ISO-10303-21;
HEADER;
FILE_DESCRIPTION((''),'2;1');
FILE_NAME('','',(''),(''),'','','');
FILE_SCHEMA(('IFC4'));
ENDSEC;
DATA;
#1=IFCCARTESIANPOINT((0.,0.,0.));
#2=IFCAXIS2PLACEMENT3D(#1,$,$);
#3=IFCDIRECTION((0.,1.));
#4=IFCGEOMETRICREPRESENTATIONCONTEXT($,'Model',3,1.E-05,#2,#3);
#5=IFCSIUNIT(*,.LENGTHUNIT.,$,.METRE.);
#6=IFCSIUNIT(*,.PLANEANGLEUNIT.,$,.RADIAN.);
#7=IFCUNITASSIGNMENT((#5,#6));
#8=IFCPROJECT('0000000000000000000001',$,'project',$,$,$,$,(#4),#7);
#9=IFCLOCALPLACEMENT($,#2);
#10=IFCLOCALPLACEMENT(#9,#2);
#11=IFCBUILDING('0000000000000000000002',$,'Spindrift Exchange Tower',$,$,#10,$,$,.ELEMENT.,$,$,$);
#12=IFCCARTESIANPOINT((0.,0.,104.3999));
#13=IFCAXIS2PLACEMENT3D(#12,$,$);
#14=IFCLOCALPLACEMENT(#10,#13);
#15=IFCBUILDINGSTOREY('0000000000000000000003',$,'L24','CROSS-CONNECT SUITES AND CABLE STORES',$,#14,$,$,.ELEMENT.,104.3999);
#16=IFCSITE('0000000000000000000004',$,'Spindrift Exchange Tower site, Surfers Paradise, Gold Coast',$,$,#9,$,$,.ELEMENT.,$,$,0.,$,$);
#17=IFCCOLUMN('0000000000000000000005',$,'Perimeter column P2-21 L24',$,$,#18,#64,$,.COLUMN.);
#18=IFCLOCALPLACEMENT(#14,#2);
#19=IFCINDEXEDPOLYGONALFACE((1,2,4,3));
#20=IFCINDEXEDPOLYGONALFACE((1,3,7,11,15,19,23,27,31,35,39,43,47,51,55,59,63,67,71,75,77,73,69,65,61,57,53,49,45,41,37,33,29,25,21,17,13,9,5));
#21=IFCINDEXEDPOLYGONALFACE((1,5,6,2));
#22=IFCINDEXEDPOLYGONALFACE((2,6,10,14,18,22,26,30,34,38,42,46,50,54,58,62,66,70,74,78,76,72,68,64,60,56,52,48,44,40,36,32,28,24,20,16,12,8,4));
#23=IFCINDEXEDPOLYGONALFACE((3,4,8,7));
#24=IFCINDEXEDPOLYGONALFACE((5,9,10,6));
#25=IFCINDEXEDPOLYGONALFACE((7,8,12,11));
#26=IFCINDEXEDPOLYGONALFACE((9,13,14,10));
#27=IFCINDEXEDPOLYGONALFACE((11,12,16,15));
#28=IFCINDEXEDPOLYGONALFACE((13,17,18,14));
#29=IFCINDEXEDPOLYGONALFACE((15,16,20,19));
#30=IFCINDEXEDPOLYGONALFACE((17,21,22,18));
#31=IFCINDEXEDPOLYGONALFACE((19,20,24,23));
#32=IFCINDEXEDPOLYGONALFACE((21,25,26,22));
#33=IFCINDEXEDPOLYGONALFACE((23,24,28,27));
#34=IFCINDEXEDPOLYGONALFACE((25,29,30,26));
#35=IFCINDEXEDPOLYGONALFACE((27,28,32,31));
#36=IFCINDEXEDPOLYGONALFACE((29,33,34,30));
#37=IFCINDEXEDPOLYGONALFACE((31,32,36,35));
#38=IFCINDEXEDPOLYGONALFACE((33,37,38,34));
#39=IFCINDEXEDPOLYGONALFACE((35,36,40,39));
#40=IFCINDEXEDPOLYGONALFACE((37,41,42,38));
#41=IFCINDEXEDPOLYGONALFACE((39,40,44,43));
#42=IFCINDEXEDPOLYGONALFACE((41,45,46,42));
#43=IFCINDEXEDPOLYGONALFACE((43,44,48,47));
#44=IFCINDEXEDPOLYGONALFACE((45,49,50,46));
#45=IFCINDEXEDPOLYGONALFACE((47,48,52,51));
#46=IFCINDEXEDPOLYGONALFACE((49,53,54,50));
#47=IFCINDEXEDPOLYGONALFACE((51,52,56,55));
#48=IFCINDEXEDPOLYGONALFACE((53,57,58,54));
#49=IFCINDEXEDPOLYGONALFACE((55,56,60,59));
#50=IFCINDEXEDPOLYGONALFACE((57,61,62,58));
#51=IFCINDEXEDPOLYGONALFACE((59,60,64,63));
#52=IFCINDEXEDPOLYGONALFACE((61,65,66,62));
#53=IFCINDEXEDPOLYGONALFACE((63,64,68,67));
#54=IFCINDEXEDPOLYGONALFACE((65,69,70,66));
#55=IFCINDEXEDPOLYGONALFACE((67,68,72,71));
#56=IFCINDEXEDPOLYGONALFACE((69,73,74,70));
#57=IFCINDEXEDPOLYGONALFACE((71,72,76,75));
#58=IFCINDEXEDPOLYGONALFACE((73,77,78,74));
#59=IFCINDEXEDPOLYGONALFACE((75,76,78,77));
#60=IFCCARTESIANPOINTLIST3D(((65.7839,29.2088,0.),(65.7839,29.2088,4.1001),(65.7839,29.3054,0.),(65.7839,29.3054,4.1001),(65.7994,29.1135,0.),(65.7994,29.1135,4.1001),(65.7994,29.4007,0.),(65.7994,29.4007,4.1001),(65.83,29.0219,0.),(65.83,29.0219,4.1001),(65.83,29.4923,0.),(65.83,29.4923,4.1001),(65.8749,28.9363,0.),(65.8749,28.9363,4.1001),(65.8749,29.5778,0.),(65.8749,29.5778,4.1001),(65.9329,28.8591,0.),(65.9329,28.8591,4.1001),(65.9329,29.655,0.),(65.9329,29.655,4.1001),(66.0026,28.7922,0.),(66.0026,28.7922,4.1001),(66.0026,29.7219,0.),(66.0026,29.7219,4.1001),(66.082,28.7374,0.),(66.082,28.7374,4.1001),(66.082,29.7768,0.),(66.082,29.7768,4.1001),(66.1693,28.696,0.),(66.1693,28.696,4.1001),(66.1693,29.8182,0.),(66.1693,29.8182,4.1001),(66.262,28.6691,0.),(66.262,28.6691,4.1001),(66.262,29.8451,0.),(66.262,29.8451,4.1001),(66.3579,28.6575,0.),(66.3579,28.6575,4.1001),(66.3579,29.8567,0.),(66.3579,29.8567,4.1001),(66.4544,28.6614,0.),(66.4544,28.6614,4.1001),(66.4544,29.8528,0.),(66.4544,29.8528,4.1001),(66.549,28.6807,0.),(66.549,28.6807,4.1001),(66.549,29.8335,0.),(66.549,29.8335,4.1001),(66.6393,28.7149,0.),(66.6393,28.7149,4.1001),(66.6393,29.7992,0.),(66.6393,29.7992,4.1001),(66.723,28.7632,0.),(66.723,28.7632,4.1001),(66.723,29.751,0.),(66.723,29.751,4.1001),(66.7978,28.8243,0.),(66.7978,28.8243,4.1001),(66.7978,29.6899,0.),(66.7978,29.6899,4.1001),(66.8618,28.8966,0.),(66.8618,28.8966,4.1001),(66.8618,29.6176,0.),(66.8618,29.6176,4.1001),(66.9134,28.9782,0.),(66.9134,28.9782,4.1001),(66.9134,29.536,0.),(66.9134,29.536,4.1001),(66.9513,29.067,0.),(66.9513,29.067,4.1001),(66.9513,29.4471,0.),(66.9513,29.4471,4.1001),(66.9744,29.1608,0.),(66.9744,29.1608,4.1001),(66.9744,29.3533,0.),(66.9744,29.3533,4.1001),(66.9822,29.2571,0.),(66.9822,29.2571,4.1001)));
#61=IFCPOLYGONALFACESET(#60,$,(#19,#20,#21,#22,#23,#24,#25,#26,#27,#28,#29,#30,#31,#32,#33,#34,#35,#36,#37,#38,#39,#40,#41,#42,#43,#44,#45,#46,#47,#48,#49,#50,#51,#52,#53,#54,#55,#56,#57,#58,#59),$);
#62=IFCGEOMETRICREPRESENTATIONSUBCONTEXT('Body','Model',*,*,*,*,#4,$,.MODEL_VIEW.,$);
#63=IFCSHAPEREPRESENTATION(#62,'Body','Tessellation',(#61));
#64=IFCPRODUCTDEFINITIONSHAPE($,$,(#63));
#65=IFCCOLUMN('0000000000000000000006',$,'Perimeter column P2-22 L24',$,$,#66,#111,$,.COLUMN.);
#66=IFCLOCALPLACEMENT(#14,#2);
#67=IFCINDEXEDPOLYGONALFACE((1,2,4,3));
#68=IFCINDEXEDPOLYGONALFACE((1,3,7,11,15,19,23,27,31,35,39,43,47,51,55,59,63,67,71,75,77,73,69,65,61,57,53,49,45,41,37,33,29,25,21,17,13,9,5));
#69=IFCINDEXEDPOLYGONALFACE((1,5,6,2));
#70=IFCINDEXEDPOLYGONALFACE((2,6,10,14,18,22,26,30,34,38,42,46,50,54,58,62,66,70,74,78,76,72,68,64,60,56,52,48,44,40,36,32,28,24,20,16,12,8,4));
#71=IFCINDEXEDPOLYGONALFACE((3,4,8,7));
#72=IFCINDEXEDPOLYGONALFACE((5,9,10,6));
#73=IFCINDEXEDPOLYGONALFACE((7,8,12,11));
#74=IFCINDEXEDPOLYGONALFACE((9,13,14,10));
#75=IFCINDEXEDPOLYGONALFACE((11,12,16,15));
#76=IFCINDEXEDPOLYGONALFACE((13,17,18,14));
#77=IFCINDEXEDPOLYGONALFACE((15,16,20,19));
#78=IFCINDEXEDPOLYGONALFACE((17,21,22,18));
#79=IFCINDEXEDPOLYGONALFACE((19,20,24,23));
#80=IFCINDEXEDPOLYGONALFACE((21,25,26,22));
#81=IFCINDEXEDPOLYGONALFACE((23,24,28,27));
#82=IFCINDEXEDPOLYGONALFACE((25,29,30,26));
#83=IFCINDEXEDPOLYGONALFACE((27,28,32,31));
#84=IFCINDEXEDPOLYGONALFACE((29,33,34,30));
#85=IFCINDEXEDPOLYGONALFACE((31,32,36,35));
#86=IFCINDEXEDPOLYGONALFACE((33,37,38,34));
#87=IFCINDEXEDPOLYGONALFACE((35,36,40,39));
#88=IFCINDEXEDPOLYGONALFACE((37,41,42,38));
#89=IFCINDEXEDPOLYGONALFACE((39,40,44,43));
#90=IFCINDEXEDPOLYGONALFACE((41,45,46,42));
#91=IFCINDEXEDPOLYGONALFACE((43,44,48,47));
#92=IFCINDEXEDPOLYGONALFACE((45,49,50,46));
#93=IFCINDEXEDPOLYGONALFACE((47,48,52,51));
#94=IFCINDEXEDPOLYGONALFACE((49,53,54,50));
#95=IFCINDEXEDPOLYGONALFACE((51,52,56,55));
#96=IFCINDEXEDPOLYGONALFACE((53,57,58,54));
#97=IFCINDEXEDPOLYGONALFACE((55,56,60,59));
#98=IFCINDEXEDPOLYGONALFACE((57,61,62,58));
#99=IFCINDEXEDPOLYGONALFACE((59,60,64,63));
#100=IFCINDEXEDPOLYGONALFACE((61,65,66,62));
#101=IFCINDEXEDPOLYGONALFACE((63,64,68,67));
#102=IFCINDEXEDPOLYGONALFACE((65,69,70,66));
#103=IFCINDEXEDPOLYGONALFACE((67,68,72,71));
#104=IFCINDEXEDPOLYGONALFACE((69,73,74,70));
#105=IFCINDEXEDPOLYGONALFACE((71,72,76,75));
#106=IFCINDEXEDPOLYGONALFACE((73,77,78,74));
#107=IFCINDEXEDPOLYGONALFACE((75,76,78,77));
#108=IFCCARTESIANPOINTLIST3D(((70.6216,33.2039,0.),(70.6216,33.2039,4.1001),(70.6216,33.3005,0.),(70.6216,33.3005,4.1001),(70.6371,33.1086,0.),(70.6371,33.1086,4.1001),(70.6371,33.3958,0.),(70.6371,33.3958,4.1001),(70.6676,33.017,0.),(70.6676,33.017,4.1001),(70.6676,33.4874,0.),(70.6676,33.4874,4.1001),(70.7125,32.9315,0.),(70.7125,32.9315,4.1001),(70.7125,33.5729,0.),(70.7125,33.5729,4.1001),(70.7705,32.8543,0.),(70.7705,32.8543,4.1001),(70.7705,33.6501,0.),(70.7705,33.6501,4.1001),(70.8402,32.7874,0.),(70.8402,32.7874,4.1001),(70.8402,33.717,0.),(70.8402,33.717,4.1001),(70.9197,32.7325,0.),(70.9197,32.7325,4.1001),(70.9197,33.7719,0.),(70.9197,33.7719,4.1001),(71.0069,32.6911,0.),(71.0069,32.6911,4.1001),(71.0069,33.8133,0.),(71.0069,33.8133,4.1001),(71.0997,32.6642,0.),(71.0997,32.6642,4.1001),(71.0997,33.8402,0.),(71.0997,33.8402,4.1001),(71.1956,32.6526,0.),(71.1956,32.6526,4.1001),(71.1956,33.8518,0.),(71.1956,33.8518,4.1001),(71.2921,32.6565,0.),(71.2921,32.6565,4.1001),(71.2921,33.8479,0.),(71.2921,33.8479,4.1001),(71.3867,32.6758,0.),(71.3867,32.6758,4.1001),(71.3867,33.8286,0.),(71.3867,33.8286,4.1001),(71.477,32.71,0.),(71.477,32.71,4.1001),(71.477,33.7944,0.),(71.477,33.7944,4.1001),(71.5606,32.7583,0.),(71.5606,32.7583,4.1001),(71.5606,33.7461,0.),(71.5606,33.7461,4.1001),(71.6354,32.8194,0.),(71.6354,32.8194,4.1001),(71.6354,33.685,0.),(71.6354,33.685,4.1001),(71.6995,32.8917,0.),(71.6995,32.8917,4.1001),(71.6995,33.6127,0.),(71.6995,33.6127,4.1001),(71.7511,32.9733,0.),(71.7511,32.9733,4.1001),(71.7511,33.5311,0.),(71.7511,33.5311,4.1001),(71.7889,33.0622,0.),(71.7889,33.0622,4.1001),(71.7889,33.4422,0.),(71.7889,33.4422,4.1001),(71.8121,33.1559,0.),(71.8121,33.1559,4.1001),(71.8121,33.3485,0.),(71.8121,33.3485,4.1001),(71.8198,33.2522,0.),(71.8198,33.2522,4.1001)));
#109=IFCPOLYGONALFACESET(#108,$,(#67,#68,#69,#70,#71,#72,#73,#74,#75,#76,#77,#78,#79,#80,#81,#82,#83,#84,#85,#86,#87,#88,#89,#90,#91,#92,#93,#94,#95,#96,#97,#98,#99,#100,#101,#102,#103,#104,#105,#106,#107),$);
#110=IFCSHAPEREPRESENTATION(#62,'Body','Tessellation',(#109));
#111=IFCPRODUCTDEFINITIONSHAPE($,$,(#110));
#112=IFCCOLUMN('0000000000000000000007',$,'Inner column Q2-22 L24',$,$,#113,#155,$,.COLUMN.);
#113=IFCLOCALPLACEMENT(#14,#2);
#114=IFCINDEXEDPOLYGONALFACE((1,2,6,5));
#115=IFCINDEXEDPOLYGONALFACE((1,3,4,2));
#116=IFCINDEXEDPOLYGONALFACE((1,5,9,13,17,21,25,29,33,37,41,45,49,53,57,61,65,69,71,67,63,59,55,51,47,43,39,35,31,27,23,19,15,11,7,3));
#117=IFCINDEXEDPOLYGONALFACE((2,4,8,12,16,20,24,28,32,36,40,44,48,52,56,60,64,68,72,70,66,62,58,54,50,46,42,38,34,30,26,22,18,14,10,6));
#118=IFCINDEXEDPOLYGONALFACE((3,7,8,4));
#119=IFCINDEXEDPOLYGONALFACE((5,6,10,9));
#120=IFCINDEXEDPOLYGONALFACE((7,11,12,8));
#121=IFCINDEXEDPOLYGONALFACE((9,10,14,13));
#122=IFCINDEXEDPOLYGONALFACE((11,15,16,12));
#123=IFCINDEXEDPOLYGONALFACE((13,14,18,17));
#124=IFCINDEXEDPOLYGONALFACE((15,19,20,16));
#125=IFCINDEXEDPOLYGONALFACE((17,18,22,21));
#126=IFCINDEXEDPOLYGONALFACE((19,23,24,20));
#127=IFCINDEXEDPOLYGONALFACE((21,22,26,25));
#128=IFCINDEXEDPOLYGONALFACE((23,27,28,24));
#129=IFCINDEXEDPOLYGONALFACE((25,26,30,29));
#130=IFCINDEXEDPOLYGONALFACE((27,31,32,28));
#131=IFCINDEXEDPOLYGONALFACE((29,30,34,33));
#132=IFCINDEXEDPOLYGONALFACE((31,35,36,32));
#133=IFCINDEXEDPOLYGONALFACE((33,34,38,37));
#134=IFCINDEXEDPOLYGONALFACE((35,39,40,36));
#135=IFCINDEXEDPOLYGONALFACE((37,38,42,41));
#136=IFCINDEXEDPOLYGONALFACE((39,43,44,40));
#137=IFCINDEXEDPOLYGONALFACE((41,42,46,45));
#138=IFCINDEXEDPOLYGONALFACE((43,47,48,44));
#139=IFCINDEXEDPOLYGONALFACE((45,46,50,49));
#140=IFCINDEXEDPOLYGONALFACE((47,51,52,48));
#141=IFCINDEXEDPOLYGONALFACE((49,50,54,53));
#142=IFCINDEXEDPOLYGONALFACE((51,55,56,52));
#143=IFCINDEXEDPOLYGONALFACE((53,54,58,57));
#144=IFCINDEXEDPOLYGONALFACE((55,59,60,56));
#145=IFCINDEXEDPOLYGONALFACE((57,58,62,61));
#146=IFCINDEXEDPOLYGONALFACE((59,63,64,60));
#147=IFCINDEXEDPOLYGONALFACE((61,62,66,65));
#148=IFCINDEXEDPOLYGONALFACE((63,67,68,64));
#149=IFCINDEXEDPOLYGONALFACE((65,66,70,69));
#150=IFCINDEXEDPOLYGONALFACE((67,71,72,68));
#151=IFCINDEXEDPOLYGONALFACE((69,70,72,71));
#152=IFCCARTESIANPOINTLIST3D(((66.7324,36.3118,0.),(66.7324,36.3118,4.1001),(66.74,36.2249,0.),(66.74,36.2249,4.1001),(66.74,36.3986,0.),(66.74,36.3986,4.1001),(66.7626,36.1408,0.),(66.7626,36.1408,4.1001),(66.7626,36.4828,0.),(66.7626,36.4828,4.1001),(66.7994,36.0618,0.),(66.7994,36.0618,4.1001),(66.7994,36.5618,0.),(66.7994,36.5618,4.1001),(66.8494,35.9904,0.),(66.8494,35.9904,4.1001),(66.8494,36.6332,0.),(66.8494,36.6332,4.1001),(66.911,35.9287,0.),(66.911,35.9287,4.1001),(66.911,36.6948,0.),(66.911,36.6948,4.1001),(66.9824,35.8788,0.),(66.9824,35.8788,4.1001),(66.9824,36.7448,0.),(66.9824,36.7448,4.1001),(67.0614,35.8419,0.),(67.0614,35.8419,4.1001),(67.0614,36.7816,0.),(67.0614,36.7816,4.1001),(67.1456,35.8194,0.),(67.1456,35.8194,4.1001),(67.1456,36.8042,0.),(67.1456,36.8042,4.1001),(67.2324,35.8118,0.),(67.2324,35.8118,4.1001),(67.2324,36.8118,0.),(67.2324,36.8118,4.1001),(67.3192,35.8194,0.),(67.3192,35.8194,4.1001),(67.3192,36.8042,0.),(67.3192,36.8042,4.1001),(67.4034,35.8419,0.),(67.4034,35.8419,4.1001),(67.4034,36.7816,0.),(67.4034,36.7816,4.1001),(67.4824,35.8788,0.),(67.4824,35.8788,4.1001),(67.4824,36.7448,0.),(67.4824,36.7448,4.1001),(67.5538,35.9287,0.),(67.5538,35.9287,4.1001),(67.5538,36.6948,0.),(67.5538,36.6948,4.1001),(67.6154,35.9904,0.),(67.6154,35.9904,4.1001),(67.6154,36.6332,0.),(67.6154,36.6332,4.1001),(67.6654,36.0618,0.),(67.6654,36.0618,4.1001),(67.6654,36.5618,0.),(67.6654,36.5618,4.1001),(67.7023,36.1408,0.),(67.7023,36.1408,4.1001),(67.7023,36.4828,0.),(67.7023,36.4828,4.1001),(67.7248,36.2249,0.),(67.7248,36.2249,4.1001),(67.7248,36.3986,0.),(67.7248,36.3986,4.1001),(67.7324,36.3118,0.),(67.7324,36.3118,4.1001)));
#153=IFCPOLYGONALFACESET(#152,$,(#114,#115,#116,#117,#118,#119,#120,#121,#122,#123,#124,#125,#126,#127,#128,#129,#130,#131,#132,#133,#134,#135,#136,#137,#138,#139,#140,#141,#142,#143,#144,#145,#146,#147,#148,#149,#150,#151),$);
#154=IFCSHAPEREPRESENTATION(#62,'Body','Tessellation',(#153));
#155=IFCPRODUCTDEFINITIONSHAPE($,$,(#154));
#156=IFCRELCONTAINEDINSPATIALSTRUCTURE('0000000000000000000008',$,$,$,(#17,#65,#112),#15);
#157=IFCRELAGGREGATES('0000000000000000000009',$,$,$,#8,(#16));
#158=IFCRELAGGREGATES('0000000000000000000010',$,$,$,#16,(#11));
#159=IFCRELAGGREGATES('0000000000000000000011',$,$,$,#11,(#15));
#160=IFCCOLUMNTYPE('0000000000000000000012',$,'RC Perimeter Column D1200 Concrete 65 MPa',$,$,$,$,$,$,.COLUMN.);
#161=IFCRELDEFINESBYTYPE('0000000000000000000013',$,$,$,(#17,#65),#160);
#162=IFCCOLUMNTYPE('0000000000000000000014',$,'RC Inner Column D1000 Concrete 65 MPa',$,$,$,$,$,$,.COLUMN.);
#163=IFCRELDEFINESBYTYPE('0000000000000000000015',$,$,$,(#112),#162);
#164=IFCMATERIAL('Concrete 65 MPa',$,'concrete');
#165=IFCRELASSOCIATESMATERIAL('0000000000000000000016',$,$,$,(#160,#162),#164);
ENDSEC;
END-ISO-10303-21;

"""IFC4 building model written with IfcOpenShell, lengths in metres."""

from ifc_helpers import new_model, si_unit, direction, frame, origin, origin_2d, place, context, subcontext, project, spatial, circle, extrude, source, transform, mapped, material, material_profile, profile_set, type_object, element, save


model = new_model("IFC4")

# Units and contexts
model_context = context("Model", 3, precision=1e-05, world=origin(), true_north=direction((0.0, 1.0)))
body_context = subcontext(model_context, "Body", "Model", "MODEL_VIEW")
ifc_project = project(units=[si_unit("LENGTHUNIT", "METRE"), si_unit("PLANEANGLEUNIT", "RADIAN")], contexts=[model_context])

# Site, building, storey
site_placement = place(None, origin())
site = spatial("IfcSite", under=ifc_project, at=site_placement, Name="Spindrift Exchange Tower site, Surfers Paradise, Gold Coast", CompositionType="ELEMENT", RefElevation=0.0)
building_placement = place(site_placement, origin())
building = spatial("IfcBuilding", under=site, at=building_placement, Name="Spindrift Exchange Tower", CompositionType="ELEMENT")
storey_placement = place(building_placement, frame((0.0, 0.0, 104.3999)))
storey = spatial("IfcBuildingStorey", under=building, at=storey_placement, Name="L24", Description="CROSS-CONNECT SUITES AND CABLE STORES", CompositionType="ELEMENT", Elevation=104.3999)

# Columns
ifc_material_1 = material(Name="Concrete 65 MPa", Category="concrete")
ifc_material_profile_1 = material_profile(ifc_material_1, circle(Radius=0.6001, at=origin_2d()), Name="RC D1200")
ifc_profile_set_1 = profile_set([ifc_material_profile_1], Name="Concrete 65 MPa")
column_type_1 = type_object("IfcColumnType", Name="RC Perimeter Column D1200 Concrete 65 MPa", PredefinedType="COLUMN", material=ifc_profile_set_1)
shared_shape_1 = source(origin(), body_context, "Body", "SweptSolid", [
    extrude(circle(Radius=0.6001, at=origin_2d()), origin(), (0.0, 0.0, 1.0), 4.1001),
])
for number, where, z_axis, x_axis, name in (
    (1, (66.3821, 29.2571, 0.0), (0.0, 0.0, 1.0), (1.0, 0.0, 0.0), "Perimeter column P2-21 L24"),
    (2, (71.2197, 33.2522, 0.0), (0.0, 0.0, 1.0), (1.0, 0.0, 0.0), "Perimeter column P2-22 L24"),
):
    element("IfcColumn", number, at=place(storey_placement, frame(where, z_axis=z_axis, x_axis=x_axis)), inside=storey, type_object=column_type_1, Name=name, PredefinedType="COLUMN", context=body_context, shape_type="MappedRepresentation", body=[
        mapped(shared_shape_1, transform((0.0, 0.0, 0.0), scale=1.0)),
    ])
ifc_material_profile_2 = material_profile(ifc_material_1, circle(Radius=0.5, at=origin_2d()), Name="RC D1000")
ifc_profile_set_2 = profile_set([ifc_material_profile_2], Name="Concrete 65 MPa")
column_type_2 = type_object("IfcColumnType", Name="RC Inner Column D1000 Concrete 65 MPa", PredefinedType="COLUMN", material=ifc_profile_set_2)
shared_shape_2 = source(origin(), body_context, "Body", "SweptSolid", [
    extrude(circle(Radius=0.5, at=origin_2d()), origin(), (0.0, 0.0, 1.0), 4.1001),
])
column_placement = place(storey_placement, frame((67.2324, 36.3118, 0.0), z_axis=(0.0, 0.0, 1.0), x_axis=(1.0, 0.0, 0.0)))
element("IfcColumn", 3, at=column_placement, inside=storey, type_object=column_type_2, Name="Inner column Q2-22 L24", PredefinedType="COLUMN", context=body_context, shape_type="MappedRepresentation", body=[
    mapped(shared_shape_2, transform((0.0, 0.0, 0.0), scale=1.0)),
])

save(model, "model.ifc")
